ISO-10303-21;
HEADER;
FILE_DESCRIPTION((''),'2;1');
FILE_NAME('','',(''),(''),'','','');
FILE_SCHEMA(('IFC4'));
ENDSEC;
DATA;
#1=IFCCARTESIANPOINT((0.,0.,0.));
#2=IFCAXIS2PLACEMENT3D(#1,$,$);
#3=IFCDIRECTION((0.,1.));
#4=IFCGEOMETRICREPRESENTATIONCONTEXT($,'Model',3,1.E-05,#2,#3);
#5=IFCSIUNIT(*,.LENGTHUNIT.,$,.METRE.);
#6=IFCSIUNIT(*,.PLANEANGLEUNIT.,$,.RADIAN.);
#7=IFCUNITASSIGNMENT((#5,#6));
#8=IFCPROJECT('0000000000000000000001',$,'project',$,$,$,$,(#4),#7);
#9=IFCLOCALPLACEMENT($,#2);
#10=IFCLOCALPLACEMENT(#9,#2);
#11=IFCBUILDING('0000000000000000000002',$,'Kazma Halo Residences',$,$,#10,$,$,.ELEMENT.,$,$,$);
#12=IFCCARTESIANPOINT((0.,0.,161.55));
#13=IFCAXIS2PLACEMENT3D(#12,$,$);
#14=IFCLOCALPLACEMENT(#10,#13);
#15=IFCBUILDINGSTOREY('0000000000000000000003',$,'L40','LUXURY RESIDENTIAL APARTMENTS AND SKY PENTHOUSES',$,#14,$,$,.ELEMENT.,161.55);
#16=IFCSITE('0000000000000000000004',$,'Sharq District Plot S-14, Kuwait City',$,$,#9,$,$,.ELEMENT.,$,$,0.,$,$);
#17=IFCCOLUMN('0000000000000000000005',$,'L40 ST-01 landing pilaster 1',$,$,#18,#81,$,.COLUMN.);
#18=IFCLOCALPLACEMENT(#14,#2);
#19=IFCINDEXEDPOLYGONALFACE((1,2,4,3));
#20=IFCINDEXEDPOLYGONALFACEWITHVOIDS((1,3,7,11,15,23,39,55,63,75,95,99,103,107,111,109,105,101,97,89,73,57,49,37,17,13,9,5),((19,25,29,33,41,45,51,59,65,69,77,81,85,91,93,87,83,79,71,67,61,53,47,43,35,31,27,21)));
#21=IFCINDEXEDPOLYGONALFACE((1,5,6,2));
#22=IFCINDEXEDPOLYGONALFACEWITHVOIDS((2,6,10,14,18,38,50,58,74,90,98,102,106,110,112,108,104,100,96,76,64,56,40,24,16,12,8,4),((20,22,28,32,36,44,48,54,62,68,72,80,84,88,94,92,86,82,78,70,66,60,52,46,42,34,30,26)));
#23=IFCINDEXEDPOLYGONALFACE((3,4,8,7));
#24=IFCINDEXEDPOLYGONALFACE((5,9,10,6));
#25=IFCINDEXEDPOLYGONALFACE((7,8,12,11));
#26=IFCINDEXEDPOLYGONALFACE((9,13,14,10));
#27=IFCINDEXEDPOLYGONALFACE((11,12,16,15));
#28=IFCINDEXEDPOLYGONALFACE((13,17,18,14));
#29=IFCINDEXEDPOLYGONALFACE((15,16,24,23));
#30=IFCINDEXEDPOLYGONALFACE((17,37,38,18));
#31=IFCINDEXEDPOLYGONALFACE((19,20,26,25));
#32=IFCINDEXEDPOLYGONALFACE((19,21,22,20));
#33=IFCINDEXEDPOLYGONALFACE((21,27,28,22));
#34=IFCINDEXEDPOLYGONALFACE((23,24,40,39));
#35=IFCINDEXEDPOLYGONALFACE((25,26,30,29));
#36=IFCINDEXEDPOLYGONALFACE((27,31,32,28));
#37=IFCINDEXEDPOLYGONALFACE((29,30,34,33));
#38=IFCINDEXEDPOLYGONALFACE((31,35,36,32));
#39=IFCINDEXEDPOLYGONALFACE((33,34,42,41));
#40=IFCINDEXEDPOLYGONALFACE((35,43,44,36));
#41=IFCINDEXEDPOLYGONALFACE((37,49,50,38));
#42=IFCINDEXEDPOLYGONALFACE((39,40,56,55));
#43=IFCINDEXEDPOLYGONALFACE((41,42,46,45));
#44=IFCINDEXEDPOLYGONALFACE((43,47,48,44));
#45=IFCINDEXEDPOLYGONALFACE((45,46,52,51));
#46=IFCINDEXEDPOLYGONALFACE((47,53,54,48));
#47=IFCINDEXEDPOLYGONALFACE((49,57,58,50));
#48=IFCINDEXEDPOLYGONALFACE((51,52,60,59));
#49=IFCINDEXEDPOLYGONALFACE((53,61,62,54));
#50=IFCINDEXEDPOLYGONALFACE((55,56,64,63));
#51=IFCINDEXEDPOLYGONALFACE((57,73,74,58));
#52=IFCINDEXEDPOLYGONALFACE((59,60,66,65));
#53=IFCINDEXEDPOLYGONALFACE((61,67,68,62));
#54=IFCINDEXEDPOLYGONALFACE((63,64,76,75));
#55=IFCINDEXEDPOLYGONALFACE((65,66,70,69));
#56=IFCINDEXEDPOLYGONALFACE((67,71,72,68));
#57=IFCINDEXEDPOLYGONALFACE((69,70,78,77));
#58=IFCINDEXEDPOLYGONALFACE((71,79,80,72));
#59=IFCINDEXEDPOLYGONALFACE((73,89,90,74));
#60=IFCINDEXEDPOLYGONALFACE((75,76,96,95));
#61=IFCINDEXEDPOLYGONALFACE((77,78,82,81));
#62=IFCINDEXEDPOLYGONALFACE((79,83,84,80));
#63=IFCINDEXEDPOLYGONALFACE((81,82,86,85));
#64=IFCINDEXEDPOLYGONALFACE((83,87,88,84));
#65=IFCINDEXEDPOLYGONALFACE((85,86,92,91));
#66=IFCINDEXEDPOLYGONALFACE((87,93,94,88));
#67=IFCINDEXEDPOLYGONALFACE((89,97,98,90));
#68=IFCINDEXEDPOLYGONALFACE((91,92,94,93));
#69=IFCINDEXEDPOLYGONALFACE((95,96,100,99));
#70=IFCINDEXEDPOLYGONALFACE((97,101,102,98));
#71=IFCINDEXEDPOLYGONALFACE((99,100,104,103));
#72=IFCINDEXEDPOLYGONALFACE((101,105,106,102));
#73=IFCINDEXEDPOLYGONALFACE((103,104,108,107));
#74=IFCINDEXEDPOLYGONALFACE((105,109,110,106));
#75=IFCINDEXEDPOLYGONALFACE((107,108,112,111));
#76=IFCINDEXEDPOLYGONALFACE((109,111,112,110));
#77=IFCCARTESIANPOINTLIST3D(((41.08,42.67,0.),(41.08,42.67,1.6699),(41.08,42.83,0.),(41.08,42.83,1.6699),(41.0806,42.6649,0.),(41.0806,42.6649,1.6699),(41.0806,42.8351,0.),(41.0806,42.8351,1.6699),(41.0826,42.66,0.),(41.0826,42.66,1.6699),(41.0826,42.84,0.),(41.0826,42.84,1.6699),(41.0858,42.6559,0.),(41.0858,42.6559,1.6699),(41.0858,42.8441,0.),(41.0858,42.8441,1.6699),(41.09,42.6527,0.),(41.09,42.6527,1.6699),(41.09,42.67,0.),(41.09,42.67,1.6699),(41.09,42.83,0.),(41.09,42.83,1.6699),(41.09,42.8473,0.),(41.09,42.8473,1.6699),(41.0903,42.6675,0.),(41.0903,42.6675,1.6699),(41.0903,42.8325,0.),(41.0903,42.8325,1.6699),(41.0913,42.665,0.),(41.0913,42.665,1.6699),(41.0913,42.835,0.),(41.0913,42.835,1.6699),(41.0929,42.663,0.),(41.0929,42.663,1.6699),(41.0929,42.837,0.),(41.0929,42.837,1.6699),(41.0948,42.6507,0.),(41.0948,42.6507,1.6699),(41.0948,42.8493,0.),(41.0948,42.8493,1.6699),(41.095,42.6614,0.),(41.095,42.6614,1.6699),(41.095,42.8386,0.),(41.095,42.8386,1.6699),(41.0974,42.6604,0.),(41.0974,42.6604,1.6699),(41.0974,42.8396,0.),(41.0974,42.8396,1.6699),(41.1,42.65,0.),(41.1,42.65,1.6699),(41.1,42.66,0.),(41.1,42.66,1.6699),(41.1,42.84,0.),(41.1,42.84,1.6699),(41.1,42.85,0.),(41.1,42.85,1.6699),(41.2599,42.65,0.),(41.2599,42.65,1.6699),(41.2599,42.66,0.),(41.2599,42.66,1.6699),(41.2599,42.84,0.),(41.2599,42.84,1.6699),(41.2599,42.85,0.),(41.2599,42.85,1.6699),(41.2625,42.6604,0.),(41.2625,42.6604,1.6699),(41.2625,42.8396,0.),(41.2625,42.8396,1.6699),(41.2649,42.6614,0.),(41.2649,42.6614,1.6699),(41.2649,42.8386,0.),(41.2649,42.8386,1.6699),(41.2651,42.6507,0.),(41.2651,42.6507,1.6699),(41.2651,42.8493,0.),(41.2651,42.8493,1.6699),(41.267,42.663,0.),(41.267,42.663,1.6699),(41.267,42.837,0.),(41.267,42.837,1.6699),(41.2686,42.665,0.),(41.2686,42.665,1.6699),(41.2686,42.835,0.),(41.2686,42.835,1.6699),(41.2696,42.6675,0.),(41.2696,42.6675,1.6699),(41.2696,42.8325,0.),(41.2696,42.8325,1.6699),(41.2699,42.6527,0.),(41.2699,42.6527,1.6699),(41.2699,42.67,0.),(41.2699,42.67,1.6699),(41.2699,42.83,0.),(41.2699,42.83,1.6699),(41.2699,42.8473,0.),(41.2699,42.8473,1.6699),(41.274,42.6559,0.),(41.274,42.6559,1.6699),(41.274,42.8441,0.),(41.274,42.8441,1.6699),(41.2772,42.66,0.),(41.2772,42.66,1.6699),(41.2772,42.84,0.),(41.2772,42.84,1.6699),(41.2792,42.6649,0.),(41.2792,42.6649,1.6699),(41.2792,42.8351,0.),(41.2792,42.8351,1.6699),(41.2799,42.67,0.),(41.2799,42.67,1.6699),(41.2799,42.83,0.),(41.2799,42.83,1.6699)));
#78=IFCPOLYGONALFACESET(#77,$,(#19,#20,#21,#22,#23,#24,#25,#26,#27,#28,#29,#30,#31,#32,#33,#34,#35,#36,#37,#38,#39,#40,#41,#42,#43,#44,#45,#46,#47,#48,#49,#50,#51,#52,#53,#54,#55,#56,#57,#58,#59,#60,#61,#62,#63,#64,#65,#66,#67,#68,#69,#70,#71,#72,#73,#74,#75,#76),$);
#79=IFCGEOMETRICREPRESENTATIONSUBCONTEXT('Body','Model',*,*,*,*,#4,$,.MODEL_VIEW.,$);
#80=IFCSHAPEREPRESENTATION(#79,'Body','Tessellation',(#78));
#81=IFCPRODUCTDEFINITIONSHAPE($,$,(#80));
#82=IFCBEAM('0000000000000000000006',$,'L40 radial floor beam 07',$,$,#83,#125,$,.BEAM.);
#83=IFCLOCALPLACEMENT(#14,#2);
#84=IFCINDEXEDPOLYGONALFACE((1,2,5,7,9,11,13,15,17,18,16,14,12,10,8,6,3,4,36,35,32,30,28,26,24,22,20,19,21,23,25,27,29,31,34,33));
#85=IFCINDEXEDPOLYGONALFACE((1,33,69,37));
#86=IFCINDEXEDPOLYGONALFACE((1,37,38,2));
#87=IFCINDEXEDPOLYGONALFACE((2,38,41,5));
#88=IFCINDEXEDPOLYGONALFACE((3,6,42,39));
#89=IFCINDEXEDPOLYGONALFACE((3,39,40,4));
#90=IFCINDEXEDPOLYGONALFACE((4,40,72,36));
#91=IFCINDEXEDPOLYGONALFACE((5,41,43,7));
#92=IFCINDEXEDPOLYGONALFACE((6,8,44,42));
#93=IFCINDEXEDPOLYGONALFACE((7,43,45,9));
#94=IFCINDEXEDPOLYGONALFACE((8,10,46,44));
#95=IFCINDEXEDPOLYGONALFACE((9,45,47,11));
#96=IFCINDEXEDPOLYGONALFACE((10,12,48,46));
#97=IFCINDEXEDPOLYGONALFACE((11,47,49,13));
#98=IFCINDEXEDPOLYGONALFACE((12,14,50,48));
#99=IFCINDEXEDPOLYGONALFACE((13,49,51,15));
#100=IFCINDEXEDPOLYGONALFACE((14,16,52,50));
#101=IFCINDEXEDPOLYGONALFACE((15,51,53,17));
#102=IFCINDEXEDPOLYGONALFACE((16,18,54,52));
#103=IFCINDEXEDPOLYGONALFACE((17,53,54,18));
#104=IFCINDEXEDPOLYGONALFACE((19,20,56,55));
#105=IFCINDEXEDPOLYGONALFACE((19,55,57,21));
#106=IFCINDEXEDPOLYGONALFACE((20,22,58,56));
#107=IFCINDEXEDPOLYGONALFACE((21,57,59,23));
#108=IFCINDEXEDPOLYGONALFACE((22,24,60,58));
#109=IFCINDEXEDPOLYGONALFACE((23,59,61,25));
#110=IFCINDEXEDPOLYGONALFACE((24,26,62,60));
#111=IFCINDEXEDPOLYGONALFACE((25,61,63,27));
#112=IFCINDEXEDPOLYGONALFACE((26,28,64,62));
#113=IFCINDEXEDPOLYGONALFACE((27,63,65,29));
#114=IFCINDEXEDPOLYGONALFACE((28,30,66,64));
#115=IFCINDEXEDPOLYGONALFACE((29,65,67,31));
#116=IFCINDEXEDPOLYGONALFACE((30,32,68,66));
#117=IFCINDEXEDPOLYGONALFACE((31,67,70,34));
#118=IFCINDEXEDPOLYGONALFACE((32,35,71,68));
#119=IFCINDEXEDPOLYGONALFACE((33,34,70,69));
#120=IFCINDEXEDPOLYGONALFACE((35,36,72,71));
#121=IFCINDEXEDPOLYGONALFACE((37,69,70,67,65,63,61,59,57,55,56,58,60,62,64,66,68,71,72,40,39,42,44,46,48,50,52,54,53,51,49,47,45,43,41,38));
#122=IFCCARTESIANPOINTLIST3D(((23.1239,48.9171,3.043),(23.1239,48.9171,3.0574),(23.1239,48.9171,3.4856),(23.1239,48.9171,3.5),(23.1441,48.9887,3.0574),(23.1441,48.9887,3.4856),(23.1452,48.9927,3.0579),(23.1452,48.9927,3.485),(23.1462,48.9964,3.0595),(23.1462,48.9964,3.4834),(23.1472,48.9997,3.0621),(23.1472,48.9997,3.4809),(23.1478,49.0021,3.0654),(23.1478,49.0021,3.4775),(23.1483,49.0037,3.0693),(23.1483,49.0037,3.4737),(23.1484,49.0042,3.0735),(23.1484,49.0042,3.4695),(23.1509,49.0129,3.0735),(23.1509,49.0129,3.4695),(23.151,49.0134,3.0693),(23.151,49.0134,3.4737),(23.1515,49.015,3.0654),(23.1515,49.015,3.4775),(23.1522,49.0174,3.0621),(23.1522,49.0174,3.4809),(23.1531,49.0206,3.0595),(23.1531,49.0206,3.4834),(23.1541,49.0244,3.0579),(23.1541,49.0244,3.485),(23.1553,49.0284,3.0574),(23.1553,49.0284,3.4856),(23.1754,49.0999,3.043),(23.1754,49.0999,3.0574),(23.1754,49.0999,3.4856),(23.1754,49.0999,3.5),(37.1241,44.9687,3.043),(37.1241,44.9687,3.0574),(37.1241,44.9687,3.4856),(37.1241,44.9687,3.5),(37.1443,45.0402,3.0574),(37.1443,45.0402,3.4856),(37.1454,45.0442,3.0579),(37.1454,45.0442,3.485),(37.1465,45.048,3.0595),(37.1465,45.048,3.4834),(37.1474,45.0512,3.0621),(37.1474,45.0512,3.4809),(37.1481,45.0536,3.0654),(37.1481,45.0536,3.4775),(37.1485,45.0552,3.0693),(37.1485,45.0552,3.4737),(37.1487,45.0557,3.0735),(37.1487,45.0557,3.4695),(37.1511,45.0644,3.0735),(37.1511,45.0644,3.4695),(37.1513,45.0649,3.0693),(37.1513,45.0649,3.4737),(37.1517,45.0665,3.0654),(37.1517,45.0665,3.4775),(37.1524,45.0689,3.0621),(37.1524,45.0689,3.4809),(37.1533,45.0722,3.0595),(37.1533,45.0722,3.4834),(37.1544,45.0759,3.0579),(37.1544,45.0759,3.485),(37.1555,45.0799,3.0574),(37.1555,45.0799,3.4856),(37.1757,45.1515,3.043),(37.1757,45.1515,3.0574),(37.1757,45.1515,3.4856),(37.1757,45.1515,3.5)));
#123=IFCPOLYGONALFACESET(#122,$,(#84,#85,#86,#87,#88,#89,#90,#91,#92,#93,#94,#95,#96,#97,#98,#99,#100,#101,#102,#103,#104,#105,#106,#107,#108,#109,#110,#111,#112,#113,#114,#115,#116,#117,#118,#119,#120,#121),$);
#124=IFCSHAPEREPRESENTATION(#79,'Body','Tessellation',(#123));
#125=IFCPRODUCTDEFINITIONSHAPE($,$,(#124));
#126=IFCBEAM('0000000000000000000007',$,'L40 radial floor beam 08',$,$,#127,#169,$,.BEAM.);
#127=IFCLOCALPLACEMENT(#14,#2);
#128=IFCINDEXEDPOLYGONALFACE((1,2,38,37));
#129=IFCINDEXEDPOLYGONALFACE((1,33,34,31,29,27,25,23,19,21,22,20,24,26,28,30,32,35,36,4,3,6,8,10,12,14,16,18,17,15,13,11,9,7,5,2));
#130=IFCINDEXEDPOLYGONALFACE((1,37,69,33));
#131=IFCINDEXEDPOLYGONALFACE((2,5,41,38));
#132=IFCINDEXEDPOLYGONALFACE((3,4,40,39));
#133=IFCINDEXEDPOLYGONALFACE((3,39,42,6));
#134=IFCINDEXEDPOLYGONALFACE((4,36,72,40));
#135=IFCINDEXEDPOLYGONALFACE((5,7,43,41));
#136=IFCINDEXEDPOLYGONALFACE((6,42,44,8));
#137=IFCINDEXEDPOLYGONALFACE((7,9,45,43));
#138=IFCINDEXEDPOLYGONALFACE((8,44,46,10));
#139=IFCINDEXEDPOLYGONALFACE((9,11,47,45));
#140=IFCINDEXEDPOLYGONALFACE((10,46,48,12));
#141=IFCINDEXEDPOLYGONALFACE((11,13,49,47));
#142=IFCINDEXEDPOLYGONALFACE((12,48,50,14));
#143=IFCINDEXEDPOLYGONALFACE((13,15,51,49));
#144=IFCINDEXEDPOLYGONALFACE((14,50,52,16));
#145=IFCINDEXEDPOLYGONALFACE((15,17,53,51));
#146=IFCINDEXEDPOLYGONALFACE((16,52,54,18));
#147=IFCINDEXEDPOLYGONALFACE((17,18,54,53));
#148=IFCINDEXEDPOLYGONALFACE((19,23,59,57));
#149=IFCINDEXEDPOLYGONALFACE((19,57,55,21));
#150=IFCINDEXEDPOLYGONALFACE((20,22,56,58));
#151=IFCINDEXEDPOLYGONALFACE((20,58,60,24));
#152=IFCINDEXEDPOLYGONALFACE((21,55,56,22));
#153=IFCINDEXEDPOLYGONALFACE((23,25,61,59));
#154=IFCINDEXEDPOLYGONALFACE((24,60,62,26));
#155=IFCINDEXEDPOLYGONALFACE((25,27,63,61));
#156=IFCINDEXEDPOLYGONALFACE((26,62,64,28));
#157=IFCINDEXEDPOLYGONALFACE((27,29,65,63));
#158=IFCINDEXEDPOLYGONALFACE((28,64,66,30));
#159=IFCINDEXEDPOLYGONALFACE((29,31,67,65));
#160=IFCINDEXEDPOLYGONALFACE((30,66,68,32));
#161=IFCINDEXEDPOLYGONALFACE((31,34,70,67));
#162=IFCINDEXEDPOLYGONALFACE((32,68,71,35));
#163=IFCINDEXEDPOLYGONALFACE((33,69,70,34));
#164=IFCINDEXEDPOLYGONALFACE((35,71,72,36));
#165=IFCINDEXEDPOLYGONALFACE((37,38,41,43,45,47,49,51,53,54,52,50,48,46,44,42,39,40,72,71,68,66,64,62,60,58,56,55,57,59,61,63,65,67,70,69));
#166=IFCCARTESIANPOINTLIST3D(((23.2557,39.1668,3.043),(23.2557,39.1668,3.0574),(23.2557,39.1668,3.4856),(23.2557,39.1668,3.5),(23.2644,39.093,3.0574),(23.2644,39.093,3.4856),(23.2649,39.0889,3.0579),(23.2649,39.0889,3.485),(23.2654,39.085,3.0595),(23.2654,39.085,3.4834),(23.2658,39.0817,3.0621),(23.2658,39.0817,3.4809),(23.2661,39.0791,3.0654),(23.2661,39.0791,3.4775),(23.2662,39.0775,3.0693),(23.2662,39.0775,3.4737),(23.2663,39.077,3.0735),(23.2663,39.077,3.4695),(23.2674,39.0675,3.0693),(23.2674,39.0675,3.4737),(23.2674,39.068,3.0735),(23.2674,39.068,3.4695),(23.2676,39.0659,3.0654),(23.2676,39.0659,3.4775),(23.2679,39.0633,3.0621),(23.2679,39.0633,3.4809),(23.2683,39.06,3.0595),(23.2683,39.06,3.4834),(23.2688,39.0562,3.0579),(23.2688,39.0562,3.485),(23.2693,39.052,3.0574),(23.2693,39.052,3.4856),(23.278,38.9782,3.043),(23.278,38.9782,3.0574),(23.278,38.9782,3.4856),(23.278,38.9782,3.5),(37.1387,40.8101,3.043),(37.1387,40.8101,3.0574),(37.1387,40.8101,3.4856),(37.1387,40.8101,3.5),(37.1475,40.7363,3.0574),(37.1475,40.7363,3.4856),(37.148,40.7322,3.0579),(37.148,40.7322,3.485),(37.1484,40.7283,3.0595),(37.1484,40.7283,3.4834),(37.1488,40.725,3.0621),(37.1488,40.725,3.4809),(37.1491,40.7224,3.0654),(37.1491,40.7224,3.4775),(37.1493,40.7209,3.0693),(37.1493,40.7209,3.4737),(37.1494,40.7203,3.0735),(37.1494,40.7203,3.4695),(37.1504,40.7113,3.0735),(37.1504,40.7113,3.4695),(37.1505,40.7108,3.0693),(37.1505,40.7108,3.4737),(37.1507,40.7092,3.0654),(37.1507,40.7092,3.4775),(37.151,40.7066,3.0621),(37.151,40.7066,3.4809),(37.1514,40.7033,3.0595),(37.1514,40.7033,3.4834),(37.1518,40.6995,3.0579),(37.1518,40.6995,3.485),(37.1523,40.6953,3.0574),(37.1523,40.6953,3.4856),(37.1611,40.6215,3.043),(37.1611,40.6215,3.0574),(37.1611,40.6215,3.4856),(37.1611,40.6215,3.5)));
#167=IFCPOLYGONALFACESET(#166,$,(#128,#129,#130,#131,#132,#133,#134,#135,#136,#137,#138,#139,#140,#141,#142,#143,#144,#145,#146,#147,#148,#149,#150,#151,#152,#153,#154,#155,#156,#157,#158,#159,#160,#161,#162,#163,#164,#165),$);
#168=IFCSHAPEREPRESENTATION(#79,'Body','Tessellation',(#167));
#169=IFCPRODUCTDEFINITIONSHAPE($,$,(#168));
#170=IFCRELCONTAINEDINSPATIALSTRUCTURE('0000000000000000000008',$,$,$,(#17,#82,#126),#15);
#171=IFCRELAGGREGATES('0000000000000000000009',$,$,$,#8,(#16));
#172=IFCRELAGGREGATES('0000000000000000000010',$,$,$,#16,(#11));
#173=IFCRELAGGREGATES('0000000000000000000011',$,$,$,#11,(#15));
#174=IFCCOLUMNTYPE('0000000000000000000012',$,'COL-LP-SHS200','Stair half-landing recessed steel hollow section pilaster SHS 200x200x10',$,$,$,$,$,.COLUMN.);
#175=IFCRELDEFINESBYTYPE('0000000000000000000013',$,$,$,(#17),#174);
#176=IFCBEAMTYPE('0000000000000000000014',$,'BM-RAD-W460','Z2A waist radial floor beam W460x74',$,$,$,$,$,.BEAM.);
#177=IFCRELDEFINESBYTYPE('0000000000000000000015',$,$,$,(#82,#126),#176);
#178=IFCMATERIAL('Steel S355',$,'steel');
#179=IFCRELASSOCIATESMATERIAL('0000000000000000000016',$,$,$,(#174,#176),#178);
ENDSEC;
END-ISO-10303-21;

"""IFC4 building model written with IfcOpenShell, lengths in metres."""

from ifc_helpers import new_model, si_unit, direction, frame, origin, origin_2d, place, context, subcontext, project, spatial, hollow_rectangle, i_section, extrude, material, material_profile, profile_set, type_object, element, save


model = new_model("IFC4")

# Units and contexts
model_context = context("Model", 3, precision=1e-05, world=origin(), true_north=direction((0.0, 1.0)))
body_context = subcontext(model_context, "Body", "Model", "MODEL_VIEW")
ifc_project = project(units=[si_unit("LENGTHUNIT", "METRE"), si_unit("PLANEANGLEUNIT", "RADIAN")], contexts=[model_context])

# Site, building, storey
site_placement = place(None, origin())
site = spatial("IfcSite", under=ifc_project, at=site_placement, Name="Sharq District Plot S-14, Kuwait City", CompositionType="ELEMENT", RefElevation=0.0)
building_placement = place(site_placement, origin())
building = spatial("IfcBuilding", under=site, at=building_placement, Name="Kazma Halo Residences", CompositionType="ELEMENT")
storey_placement = place(building_placement, frame((0.0, 0.0, 161.55)))
storey = spatial("IfcBuildingStorey", under=building, at=storey_placement, Name="L40", Description="LUXURY RESIDENTIAL APARTMENTS AND SKY PENTHOUSES", CompositionType="ELEMENT", Elevation=161.55)

# Column
ifc_material_1 = material(Name="Steel S355", Category="steel")
ifc_material_profile_1 = material_profile(ifc_material_1, hollow_rectangle(XDim=0.2, YDim=0.2, WallThickness=0.01, InnerFilletRadius=0.01, OuterFilletRadius=0.02, at=origin_2d()), Name="SHS200x200x10")
ifc_profile_set_1 = profile_set([ifc_material_profile_1], Name="Steel S355")
column_type = type_object("IfcColumnType", Name="COL-LP-SHS200", Description="Stair half-landing recessed steel hollow section pilaster SHS 200x200x10", PredefinedType="COLUMN", material=ifc_profile_set_1)
column_placement = place(storey_placement, frame((41.1799, 42.75, 0.0), z_axis=(0.0, 0.0, 1.0), x_axis=(1.0, 0.0, 0.0)))
element("IfcColumn", 1, at=column_placement, inside=storey, type_object=column_type, Name="L40 ST-01 landing pilaster 1", PredefinedType="COLUMN", context=body_context, shape_type="SweptSolid", body=[
    extrude(hollow_rectangle(XDim=0.2, YDim=0.2, WallThickness=0.01, InnerFilletRadius=0.01, OuterFilletRadius=0.02, at=origin_2d()), origin(), (0.0, 0.0, 1.0), 1.6699),
])

# Beams
ifc_material_profile_2 = material_profile(ifc_material_1, i_section(OverallWidth=0.1899, OverallDepth=0.457, WebThickness=0.009, FlangeThickness=0.0144, FilletRadius=0.0161, at=origin_2d()), Name="W460x74")
ifc_profile_set_2 = profile_set([ifc_material_profile_2], Name="Steel S355")
beam_type_1 = type_object("IfcBeamType", Name="BM-RAD-W460", Description="Z2A waist radial floor beam W460x74", PredefinedType="BEAM", material=ifc_profile_set_2)
beam_1_placement = place(storey_placement, frame((37.1499, 45.0601, 3.2715), z_axis=(-0.962455, 0.271441, 0.0), x_axis=(-0.271441, -0.962455, 0.0)))
element("IfcBeam", 2, at=beam_1_placement, inside=storey, type_object=beam_type_1, Name="L40 radial floor beam 07", PredefinedType="BEAM", context=body_context, shape_type="SweptSolid", body=[
    extrude(i_section(OverallWidth=0.1899, OverallDepth=0.457, WebThickness=0.009, FlangeThickness=0.0144, FilletRadius=0.0161, at=origin_2d()), origin(), (0.0, 0.0, 1.0), 14.5464),
])
beam_2_placement = place(storey_placement, frame((37.1499, 40.7158, 3.2715), z_axis=(-0.993067, -0.117547, 0.0), x_axis=(0.117547, -0.993067, 0.0)))
element("IfcBeam", 3, at=beam_2_placement, inside=storey, type_object=beam_type_1, Name="L40 radial floor beam 08", PredefinedType="BEAM", context=body_context, shape_type="SweptSolid", body=[
    extrude(i_section(OverallWidth=0.1899, OverallDepth=0.457, WebThickness=0.009, FlangeThickness=0.0144, FilletRadius=0.0161, at=origin_2d()), origin(), (0.0, 0.0, 1.0), 13.98),
])

save(model, "model.ifc")
